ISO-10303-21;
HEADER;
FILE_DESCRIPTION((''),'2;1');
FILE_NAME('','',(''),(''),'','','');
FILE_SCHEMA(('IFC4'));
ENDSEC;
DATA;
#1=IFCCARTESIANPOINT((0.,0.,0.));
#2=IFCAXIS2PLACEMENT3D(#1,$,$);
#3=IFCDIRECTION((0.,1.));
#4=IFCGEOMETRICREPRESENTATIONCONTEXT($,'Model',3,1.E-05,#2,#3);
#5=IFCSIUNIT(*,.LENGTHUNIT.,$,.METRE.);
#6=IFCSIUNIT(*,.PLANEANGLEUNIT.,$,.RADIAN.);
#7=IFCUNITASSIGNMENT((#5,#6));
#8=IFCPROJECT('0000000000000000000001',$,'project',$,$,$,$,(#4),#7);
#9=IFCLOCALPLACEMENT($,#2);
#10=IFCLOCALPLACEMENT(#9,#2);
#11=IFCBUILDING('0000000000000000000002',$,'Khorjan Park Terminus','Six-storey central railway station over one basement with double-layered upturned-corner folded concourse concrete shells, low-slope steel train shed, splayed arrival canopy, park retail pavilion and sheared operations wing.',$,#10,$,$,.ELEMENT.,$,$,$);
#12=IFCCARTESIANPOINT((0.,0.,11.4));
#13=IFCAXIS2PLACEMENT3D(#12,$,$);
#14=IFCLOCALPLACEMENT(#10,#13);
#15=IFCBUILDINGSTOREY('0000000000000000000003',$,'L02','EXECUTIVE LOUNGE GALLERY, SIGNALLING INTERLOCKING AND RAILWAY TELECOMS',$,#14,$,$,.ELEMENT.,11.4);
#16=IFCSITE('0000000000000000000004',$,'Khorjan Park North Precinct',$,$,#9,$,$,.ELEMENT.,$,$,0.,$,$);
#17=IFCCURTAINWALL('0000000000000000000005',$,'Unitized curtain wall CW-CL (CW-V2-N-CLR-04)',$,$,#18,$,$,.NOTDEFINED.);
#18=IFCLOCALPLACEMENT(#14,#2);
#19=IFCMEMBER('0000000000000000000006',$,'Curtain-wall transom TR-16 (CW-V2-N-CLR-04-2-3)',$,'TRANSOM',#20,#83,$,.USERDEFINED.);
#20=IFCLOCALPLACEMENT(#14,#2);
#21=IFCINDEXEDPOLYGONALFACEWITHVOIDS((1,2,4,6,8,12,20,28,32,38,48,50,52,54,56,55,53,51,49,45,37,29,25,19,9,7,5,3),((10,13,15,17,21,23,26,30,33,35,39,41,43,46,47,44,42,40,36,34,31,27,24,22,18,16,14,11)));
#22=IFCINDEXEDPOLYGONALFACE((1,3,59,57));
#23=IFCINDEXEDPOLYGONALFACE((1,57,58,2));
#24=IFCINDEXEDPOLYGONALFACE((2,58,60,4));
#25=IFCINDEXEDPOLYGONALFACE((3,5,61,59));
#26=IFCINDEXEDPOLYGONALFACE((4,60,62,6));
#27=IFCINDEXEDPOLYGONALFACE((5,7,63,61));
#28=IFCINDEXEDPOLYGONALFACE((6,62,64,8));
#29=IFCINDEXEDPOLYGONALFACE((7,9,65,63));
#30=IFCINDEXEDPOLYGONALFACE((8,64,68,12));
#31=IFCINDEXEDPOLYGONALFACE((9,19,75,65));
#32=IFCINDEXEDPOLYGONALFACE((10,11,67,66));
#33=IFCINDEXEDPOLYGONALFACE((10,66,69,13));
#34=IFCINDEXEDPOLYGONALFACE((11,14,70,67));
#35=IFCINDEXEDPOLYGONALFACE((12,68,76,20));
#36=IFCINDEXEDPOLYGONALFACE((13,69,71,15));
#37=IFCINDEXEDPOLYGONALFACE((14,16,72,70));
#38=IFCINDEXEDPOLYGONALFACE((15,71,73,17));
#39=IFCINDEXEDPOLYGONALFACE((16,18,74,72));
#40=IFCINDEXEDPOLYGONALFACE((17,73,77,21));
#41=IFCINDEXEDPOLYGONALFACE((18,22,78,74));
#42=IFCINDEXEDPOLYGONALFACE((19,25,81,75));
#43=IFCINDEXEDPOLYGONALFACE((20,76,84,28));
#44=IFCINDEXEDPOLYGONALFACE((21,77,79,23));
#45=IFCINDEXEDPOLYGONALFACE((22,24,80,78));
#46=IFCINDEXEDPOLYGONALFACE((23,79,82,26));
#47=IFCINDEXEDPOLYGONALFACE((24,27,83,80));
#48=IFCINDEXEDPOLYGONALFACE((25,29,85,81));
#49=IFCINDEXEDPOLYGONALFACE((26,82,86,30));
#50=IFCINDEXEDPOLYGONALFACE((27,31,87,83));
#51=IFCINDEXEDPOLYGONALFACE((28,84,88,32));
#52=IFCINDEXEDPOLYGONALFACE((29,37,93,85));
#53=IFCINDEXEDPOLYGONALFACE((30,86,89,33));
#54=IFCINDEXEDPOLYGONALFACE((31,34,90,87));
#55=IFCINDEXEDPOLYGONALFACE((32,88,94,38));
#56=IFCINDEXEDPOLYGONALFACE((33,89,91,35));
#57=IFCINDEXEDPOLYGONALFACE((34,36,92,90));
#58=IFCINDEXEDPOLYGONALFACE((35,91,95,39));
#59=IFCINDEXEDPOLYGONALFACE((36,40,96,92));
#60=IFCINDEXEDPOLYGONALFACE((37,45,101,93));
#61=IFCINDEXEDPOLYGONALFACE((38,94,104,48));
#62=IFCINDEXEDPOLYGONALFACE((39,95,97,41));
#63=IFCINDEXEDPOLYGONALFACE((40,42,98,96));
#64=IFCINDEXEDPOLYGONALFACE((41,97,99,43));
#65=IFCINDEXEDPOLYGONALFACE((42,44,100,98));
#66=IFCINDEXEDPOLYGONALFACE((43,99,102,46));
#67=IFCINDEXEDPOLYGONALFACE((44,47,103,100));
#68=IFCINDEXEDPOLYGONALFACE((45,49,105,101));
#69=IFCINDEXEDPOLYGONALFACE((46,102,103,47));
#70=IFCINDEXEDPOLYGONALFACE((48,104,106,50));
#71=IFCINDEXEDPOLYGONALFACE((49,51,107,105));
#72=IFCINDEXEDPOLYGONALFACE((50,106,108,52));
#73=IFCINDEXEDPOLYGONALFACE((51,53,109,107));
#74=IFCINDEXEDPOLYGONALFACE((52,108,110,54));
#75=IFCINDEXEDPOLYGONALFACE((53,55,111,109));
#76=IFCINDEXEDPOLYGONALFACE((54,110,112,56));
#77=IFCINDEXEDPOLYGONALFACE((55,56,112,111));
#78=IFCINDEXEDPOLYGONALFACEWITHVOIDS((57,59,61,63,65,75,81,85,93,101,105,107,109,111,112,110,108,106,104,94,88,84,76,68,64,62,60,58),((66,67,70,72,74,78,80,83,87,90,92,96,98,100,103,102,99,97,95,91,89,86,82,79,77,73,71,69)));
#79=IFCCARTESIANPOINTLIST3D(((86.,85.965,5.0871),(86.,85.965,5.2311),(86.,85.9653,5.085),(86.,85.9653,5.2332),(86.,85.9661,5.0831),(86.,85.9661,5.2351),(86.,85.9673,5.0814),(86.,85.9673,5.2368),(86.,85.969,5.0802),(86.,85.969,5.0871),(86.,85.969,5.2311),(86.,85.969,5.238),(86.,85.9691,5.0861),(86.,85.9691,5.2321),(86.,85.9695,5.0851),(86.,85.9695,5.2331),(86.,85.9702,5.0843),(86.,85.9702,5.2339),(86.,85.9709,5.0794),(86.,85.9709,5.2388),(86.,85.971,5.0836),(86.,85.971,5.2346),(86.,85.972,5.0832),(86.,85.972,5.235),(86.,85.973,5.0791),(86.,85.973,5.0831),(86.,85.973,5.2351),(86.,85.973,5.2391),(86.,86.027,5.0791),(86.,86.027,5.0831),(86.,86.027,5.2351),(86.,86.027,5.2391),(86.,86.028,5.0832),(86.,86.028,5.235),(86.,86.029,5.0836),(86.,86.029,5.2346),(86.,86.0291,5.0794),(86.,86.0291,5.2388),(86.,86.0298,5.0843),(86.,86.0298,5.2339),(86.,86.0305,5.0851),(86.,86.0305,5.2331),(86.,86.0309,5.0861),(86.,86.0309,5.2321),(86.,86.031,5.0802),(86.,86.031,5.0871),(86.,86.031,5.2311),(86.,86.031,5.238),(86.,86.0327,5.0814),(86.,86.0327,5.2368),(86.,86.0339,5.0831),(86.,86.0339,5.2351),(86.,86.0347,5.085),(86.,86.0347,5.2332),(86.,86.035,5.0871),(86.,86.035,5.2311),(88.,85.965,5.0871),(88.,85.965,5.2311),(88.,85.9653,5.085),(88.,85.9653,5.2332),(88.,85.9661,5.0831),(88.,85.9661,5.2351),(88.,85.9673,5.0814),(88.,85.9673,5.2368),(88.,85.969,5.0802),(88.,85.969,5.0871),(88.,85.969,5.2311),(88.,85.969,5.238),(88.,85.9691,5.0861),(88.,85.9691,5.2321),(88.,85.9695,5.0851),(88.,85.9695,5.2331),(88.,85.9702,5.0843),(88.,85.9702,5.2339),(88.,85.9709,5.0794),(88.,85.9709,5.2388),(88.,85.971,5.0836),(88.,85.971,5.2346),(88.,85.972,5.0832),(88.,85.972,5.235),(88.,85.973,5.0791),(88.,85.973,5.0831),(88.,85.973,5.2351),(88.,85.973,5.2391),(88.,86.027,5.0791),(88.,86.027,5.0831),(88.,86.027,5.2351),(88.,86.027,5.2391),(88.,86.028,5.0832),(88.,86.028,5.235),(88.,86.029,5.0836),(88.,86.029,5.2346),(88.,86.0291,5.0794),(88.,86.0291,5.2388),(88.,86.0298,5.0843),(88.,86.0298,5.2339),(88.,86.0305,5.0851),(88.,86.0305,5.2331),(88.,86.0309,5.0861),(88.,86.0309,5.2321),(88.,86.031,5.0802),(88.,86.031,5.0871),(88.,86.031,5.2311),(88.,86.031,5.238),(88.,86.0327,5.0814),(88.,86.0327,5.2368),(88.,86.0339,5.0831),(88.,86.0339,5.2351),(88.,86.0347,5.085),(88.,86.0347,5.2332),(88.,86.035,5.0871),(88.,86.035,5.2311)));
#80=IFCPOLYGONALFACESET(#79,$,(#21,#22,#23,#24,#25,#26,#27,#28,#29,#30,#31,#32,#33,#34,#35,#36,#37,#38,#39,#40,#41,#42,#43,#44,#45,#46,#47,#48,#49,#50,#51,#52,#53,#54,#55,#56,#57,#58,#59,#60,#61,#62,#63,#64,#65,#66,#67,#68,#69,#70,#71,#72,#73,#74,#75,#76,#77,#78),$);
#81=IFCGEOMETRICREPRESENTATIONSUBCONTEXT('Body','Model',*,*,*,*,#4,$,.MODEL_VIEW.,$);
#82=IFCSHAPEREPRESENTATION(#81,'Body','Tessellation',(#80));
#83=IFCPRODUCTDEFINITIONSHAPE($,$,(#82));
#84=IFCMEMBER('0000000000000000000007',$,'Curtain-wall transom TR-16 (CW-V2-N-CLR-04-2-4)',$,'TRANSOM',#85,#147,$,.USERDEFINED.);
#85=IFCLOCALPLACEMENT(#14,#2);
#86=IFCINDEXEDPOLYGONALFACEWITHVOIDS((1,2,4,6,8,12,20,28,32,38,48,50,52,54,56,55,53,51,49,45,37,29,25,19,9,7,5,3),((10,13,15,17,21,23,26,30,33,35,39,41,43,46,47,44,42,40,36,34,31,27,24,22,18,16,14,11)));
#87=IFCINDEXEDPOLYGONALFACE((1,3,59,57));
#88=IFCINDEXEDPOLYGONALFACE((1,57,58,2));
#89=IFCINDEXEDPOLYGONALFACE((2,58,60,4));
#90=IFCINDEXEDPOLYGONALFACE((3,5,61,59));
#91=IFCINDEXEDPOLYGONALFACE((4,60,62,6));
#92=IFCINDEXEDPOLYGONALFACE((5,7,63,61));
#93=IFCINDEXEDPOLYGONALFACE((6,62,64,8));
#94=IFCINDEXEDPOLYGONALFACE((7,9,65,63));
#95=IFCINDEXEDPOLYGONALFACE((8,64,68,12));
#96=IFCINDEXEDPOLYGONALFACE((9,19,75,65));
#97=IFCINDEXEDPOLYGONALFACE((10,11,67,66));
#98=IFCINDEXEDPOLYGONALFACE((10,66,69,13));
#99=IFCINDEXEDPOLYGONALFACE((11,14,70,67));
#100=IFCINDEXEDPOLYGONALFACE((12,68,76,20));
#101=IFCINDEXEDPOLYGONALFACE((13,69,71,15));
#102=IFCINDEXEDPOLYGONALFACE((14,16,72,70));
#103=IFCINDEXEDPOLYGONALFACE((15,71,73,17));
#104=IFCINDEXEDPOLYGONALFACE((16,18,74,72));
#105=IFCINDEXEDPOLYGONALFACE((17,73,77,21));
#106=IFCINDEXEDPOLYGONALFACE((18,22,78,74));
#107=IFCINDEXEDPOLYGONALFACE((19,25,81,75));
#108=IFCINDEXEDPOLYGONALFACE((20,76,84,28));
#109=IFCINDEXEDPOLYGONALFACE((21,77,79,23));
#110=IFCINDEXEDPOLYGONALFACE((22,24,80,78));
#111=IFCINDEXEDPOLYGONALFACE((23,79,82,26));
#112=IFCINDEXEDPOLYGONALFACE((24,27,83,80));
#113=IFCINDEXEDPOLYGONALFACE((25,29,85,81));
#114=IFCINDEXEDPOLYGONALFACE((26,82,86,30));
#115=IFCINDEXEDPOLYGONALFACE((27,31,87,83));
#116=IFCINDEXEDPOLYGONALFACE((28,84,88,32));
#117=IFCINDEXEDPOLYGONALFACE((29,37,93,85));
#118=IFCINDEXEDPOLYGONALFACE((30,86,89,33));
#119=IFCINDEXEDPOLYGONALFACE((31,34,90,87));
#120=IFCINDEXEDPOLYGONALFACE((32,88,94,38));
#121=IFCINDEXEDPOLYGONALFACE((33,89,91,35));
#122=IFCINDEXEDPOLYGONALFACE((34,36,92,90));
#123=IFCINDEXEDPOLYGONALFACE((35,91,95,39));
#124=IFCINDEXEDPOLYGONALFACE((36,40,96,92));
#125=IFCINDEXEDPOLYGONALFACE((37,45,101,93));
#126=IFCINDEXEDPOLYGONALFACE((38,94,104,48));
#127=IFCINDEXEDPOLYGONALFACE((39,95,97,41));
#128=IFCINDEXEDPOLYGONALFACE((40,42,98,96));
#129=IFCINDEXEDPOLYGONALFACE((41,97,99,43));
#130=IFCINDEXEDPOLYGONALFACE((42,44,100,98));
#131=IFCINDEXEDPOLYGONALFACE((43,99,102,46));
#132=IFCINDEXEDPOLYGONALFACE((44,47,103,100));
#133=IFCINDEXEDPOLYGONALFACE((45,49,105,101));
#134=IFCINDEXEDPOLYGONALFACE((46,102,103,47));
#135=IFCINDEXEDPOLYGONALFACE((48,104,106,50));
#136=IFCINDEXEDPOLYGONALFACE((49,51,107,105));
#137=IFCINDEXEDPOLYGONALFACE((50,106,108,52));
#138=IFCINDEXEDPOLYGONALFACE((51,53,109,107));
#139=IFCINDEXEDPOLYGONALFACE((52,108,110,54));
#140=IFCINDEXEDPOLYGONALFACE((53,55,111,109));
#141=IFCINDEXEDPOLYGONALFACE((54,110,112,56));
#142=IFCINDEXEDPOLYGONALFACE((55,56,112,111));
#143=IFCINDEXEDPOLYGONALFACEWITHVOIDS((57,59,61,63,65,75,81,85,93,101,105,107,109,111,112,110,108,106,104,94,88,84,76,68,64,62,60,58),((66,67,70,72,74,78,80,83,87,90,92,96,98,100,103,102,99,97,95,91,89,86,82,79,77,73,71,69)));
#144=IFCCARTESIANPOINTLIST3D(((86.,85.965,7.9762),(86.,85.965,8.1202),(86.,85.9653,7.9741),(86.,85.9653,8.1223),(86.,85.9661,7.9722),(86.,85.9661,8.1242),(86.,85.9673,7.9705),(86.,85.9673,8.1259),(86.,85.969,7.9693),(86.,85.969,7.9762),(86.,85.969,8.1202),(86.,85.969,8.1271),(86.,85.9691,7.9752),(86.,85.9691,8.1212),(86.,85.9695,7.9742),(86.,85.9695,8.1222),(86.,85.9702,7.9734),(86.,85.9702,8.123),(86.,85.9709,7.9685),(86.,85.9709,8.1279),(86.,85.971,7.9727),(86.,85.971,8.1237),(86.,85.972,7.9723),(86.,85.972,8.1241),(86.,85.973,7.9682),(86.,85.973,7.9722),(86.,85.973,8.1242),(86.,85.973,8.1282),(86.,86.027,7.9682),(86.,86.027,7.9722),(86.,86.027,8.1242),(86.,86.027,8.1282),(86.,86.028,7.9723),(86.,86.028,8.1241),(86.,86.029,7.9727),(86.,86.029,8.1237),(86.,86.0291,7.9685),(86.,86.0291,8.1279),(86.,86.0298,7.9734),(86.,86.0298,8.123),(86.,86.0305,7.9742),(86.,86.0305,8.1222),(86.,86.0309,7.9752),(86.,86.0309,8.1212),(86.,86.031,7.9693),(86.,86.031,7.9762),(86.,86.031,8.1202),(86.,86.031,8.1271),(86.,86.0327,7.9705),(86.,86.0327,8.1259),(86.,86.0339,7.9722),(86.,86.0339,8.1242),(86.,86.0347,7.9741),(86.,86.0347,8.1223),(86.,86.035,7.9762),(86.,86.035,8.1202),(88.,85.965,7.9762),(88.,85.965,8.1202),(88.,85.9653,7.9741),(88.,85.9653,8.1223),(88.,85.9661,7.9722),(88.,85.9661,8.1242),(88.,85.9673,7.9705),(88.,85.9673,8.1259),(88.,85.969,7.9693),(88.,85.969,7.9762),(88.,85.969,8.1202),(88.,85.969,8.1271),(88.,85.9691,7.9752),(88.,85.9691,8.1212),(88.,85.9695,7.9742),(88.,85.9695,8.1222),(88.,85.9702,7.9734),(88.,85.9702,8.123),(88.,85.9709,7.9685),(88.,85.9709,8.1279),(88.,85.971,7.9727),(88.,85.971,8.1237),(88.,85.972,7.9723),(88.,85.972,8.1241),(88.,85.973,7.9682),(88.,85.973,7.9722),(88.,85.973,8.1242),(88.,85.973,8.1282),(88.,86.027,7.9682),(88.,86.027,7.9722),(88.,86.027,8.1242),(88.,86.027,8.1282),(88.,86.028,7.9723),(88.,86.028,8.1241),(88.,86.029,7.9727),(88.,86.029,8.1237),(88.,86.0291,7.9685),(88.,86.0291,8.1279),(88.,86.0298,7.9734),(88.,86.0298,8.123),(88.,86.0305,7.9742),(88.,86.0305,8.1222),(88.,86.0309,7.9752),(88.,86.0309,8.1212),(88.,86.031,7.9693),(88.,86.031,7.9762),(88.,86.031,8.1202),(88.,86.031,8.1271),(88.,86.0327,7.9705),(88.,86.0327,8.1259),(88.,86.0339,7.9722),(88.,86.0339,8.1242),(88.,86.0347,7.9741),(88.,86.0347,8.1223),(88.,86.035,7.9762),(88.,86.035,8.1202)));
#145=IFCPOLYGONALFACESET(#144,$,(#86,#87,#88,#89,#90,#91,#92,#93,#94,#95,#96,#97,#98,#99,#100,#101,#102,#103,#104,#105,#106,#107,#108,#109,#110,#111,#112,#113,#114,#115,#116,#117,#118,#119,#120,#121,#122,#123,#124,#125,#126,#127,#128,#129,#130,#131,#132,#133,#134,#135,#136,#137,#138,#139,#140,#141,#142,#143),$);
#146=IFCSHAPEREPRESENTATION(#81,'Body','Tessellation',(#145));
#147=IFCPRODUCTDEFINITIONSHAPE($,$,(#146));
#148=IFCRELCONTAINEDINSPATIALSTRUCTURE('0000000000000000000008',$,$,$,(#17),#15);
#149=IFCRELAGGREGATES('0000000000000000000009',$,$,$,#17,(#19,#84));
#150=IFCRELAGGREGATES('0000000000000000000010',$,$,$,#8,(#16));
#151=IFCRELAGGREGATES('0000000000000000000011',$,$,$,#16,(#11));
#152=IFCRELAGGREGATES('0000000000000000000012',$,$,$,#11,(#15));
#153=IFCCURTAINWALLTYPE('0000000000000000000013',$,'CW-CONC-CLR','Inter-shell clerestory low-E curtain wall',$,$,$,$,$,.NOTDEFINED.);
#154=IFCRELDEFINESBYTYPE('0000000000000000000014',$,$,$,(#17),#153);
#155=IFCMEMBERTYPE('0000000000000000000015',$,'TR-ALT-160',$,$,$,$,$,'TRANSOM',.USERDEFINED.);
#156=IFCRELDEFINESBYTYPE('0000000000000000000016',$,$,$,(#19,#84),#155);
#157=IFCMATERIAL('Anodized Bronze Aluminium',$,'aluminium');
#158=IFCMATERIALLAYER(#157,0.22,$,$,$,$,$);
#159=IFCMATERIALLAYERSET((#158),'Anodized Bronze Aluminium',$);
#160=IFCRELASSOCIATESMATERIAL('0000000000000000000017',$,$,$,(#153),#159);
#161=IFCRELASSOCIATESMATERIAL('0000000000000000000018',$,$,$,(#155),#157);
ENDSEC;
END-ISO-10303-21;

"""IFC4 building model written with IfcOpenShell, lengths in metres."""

from ifc_helpers import new_model, si_unit, direction, frame, origin, origin_2d, place, context, subcontext, project, spatial, hollow_rectangle, extrude, material, layer, layer_set, material_profile, profile_set, type_object, element, aggregate, save


model = new_model("IFC4")

# Units and contexts
model_context = context("Model", 3, precision=1e-05, world=origin(), true_north=direction((0.0, 1.0)))
body_context = subcontext(model_context, "Body", "Model", "MODEL_VIEW")
ifc_project = project(units=[si_unit("LENGTHUNIT", "METRE"), si_unit("PLANEANGLEUNIT", "RADIAN")], contexts=[model_context])

# Site, building, storey
site_placement = place(None, origin())
site = spatial("IfcSite", under=ifc_project, at=site_placement, Name="Khorjan Park North Precinct", CompositionType="ELEMENT", RefElevation=0.0)
building_placement = place(site_placement, origin())
building = spatial("IfcBuilding", under=site, at=building_placement, Name="Khorjan Park Terminus", Description="Six-storey central railway station over one basement with double-layered upturned-corner folded concourse concrete shells, low-slope steel train shed, splayed arrival canopy, park retail pavilion and sheared operations wing.", CompositionType="ELEMENT")
storey_placement = place(building_placement, frame((0.0, 0.0, 11.4)))
storey = spatial("IfcBuildingStorey", under=building, at=storey_placement, Name="L02", Description="EXECUTIVE LOUNGE GALLERY, SIGNALLING INTERLOCKING AND RAILWAY TELECOMS", CompositionType="ELEMENT", Elevation=11.4)

# Curtain wall
ifc_material_1 = material(Name="Anodized Bronze Aluminium", Category="aluminium")
ifc_layer_1 = layer(ifc_material_1, 0.22)
ifc_layer_set_1 = layer_set([ifc_layer_1], Name="Anodized Bronze Aluminium")
curtain_wall_type = type_object("IfcCurtainWallType", Name="CW-CONC-CLR", Description="Inter-shell clerestory low-E curtain wall", PredefinedType="NOTDEFINED", material=ifc_layer_set_1)
curtain_wall_1_placement = place(storey_placement, origin())
curtain_wall_1 = element("IfcCurtainWall", 1, at=curtain_wall_1_placement, inside=storey, type_object=curtain_wall_type, Name="Unitized curtain wall CW-CL (CW-V2-N-CLR-04)", PredefinedType="NOTDEFINED")

# Members
ifc_material_profile_1 = material_profile(ifc_material_1, hollow_rectangle(XDim=0.07, YDim=0.16, WallThickness=0.004, InnerFilletRadius=0.004, OuterFilletRadius=0.008, at=origin_2d()), Name="ALT 70x160x4")
ifc_profile_set_1 = profile_set([ifc_material_profile_1], Name="Anodized Bronze Aluminium")
member_type_1 = type_object("IfcMemberType", Name="TR-ALT-160", ElementType="TRANSOM", PredefinedType="USERDEFINED", material=ifc_profile_set_1)
member_1_placement = place(storey_placement, frame((88.0, 86.0, 5.1591), z_axis=(-1.0, 0.0, 0.0), x_axis=(0.0, -1.0, 0.0)))
member_1 = element("IfcMember", 2, at=member_1_placement, type_object=member_type_1, Name="Curtain-wall transom TR-16 (CW-V2-N-CLR-04-2-3)", ObjectType="TRANSOM", PredefinedType="USERDEFINED", context=body_context, shape_type="SweptSolid", body=[
    extrude(hollow_rectangle(XDim=0.07, YDim=0.16, WallThickness=0.004, InnerFilletRadius=0.004, OuterFilletRadius=0.008, at=origin_2d()), origin(), (0.0, 0.0, 1.0), 2.0),
])
member_2_placement = place(storey_placement, frame((88.0, 86.0, 8.0482), z_axis=(-1.0, 0.0, 0.0), x_axis=(0.0, -1.0, 0.0)))
member_2 = element("IfcMember", 3, at=member_2_placement, type_object=member_type_1, Name="Curtain-wall transom TR-16 (CW-V2-N-CLR-04-2-4)", ObjectType="TRANSOM", PredefinedType="USERDEFINED", context=body_context, shape_type="SweptSolid", body=[
    extrude(hollow_rectangle(XDim=0.07, YDim=0.16, WallThickness=0.004, InnerFilletRadius=0.004, OuterFilletRadius=0.008, at=origin_2d()), origin(), (0.0, 0.0, 1.0), 2.0),
])

aggregate(curtain_wall_1, [member_1, member_2])

save(model, "model.ifc")
